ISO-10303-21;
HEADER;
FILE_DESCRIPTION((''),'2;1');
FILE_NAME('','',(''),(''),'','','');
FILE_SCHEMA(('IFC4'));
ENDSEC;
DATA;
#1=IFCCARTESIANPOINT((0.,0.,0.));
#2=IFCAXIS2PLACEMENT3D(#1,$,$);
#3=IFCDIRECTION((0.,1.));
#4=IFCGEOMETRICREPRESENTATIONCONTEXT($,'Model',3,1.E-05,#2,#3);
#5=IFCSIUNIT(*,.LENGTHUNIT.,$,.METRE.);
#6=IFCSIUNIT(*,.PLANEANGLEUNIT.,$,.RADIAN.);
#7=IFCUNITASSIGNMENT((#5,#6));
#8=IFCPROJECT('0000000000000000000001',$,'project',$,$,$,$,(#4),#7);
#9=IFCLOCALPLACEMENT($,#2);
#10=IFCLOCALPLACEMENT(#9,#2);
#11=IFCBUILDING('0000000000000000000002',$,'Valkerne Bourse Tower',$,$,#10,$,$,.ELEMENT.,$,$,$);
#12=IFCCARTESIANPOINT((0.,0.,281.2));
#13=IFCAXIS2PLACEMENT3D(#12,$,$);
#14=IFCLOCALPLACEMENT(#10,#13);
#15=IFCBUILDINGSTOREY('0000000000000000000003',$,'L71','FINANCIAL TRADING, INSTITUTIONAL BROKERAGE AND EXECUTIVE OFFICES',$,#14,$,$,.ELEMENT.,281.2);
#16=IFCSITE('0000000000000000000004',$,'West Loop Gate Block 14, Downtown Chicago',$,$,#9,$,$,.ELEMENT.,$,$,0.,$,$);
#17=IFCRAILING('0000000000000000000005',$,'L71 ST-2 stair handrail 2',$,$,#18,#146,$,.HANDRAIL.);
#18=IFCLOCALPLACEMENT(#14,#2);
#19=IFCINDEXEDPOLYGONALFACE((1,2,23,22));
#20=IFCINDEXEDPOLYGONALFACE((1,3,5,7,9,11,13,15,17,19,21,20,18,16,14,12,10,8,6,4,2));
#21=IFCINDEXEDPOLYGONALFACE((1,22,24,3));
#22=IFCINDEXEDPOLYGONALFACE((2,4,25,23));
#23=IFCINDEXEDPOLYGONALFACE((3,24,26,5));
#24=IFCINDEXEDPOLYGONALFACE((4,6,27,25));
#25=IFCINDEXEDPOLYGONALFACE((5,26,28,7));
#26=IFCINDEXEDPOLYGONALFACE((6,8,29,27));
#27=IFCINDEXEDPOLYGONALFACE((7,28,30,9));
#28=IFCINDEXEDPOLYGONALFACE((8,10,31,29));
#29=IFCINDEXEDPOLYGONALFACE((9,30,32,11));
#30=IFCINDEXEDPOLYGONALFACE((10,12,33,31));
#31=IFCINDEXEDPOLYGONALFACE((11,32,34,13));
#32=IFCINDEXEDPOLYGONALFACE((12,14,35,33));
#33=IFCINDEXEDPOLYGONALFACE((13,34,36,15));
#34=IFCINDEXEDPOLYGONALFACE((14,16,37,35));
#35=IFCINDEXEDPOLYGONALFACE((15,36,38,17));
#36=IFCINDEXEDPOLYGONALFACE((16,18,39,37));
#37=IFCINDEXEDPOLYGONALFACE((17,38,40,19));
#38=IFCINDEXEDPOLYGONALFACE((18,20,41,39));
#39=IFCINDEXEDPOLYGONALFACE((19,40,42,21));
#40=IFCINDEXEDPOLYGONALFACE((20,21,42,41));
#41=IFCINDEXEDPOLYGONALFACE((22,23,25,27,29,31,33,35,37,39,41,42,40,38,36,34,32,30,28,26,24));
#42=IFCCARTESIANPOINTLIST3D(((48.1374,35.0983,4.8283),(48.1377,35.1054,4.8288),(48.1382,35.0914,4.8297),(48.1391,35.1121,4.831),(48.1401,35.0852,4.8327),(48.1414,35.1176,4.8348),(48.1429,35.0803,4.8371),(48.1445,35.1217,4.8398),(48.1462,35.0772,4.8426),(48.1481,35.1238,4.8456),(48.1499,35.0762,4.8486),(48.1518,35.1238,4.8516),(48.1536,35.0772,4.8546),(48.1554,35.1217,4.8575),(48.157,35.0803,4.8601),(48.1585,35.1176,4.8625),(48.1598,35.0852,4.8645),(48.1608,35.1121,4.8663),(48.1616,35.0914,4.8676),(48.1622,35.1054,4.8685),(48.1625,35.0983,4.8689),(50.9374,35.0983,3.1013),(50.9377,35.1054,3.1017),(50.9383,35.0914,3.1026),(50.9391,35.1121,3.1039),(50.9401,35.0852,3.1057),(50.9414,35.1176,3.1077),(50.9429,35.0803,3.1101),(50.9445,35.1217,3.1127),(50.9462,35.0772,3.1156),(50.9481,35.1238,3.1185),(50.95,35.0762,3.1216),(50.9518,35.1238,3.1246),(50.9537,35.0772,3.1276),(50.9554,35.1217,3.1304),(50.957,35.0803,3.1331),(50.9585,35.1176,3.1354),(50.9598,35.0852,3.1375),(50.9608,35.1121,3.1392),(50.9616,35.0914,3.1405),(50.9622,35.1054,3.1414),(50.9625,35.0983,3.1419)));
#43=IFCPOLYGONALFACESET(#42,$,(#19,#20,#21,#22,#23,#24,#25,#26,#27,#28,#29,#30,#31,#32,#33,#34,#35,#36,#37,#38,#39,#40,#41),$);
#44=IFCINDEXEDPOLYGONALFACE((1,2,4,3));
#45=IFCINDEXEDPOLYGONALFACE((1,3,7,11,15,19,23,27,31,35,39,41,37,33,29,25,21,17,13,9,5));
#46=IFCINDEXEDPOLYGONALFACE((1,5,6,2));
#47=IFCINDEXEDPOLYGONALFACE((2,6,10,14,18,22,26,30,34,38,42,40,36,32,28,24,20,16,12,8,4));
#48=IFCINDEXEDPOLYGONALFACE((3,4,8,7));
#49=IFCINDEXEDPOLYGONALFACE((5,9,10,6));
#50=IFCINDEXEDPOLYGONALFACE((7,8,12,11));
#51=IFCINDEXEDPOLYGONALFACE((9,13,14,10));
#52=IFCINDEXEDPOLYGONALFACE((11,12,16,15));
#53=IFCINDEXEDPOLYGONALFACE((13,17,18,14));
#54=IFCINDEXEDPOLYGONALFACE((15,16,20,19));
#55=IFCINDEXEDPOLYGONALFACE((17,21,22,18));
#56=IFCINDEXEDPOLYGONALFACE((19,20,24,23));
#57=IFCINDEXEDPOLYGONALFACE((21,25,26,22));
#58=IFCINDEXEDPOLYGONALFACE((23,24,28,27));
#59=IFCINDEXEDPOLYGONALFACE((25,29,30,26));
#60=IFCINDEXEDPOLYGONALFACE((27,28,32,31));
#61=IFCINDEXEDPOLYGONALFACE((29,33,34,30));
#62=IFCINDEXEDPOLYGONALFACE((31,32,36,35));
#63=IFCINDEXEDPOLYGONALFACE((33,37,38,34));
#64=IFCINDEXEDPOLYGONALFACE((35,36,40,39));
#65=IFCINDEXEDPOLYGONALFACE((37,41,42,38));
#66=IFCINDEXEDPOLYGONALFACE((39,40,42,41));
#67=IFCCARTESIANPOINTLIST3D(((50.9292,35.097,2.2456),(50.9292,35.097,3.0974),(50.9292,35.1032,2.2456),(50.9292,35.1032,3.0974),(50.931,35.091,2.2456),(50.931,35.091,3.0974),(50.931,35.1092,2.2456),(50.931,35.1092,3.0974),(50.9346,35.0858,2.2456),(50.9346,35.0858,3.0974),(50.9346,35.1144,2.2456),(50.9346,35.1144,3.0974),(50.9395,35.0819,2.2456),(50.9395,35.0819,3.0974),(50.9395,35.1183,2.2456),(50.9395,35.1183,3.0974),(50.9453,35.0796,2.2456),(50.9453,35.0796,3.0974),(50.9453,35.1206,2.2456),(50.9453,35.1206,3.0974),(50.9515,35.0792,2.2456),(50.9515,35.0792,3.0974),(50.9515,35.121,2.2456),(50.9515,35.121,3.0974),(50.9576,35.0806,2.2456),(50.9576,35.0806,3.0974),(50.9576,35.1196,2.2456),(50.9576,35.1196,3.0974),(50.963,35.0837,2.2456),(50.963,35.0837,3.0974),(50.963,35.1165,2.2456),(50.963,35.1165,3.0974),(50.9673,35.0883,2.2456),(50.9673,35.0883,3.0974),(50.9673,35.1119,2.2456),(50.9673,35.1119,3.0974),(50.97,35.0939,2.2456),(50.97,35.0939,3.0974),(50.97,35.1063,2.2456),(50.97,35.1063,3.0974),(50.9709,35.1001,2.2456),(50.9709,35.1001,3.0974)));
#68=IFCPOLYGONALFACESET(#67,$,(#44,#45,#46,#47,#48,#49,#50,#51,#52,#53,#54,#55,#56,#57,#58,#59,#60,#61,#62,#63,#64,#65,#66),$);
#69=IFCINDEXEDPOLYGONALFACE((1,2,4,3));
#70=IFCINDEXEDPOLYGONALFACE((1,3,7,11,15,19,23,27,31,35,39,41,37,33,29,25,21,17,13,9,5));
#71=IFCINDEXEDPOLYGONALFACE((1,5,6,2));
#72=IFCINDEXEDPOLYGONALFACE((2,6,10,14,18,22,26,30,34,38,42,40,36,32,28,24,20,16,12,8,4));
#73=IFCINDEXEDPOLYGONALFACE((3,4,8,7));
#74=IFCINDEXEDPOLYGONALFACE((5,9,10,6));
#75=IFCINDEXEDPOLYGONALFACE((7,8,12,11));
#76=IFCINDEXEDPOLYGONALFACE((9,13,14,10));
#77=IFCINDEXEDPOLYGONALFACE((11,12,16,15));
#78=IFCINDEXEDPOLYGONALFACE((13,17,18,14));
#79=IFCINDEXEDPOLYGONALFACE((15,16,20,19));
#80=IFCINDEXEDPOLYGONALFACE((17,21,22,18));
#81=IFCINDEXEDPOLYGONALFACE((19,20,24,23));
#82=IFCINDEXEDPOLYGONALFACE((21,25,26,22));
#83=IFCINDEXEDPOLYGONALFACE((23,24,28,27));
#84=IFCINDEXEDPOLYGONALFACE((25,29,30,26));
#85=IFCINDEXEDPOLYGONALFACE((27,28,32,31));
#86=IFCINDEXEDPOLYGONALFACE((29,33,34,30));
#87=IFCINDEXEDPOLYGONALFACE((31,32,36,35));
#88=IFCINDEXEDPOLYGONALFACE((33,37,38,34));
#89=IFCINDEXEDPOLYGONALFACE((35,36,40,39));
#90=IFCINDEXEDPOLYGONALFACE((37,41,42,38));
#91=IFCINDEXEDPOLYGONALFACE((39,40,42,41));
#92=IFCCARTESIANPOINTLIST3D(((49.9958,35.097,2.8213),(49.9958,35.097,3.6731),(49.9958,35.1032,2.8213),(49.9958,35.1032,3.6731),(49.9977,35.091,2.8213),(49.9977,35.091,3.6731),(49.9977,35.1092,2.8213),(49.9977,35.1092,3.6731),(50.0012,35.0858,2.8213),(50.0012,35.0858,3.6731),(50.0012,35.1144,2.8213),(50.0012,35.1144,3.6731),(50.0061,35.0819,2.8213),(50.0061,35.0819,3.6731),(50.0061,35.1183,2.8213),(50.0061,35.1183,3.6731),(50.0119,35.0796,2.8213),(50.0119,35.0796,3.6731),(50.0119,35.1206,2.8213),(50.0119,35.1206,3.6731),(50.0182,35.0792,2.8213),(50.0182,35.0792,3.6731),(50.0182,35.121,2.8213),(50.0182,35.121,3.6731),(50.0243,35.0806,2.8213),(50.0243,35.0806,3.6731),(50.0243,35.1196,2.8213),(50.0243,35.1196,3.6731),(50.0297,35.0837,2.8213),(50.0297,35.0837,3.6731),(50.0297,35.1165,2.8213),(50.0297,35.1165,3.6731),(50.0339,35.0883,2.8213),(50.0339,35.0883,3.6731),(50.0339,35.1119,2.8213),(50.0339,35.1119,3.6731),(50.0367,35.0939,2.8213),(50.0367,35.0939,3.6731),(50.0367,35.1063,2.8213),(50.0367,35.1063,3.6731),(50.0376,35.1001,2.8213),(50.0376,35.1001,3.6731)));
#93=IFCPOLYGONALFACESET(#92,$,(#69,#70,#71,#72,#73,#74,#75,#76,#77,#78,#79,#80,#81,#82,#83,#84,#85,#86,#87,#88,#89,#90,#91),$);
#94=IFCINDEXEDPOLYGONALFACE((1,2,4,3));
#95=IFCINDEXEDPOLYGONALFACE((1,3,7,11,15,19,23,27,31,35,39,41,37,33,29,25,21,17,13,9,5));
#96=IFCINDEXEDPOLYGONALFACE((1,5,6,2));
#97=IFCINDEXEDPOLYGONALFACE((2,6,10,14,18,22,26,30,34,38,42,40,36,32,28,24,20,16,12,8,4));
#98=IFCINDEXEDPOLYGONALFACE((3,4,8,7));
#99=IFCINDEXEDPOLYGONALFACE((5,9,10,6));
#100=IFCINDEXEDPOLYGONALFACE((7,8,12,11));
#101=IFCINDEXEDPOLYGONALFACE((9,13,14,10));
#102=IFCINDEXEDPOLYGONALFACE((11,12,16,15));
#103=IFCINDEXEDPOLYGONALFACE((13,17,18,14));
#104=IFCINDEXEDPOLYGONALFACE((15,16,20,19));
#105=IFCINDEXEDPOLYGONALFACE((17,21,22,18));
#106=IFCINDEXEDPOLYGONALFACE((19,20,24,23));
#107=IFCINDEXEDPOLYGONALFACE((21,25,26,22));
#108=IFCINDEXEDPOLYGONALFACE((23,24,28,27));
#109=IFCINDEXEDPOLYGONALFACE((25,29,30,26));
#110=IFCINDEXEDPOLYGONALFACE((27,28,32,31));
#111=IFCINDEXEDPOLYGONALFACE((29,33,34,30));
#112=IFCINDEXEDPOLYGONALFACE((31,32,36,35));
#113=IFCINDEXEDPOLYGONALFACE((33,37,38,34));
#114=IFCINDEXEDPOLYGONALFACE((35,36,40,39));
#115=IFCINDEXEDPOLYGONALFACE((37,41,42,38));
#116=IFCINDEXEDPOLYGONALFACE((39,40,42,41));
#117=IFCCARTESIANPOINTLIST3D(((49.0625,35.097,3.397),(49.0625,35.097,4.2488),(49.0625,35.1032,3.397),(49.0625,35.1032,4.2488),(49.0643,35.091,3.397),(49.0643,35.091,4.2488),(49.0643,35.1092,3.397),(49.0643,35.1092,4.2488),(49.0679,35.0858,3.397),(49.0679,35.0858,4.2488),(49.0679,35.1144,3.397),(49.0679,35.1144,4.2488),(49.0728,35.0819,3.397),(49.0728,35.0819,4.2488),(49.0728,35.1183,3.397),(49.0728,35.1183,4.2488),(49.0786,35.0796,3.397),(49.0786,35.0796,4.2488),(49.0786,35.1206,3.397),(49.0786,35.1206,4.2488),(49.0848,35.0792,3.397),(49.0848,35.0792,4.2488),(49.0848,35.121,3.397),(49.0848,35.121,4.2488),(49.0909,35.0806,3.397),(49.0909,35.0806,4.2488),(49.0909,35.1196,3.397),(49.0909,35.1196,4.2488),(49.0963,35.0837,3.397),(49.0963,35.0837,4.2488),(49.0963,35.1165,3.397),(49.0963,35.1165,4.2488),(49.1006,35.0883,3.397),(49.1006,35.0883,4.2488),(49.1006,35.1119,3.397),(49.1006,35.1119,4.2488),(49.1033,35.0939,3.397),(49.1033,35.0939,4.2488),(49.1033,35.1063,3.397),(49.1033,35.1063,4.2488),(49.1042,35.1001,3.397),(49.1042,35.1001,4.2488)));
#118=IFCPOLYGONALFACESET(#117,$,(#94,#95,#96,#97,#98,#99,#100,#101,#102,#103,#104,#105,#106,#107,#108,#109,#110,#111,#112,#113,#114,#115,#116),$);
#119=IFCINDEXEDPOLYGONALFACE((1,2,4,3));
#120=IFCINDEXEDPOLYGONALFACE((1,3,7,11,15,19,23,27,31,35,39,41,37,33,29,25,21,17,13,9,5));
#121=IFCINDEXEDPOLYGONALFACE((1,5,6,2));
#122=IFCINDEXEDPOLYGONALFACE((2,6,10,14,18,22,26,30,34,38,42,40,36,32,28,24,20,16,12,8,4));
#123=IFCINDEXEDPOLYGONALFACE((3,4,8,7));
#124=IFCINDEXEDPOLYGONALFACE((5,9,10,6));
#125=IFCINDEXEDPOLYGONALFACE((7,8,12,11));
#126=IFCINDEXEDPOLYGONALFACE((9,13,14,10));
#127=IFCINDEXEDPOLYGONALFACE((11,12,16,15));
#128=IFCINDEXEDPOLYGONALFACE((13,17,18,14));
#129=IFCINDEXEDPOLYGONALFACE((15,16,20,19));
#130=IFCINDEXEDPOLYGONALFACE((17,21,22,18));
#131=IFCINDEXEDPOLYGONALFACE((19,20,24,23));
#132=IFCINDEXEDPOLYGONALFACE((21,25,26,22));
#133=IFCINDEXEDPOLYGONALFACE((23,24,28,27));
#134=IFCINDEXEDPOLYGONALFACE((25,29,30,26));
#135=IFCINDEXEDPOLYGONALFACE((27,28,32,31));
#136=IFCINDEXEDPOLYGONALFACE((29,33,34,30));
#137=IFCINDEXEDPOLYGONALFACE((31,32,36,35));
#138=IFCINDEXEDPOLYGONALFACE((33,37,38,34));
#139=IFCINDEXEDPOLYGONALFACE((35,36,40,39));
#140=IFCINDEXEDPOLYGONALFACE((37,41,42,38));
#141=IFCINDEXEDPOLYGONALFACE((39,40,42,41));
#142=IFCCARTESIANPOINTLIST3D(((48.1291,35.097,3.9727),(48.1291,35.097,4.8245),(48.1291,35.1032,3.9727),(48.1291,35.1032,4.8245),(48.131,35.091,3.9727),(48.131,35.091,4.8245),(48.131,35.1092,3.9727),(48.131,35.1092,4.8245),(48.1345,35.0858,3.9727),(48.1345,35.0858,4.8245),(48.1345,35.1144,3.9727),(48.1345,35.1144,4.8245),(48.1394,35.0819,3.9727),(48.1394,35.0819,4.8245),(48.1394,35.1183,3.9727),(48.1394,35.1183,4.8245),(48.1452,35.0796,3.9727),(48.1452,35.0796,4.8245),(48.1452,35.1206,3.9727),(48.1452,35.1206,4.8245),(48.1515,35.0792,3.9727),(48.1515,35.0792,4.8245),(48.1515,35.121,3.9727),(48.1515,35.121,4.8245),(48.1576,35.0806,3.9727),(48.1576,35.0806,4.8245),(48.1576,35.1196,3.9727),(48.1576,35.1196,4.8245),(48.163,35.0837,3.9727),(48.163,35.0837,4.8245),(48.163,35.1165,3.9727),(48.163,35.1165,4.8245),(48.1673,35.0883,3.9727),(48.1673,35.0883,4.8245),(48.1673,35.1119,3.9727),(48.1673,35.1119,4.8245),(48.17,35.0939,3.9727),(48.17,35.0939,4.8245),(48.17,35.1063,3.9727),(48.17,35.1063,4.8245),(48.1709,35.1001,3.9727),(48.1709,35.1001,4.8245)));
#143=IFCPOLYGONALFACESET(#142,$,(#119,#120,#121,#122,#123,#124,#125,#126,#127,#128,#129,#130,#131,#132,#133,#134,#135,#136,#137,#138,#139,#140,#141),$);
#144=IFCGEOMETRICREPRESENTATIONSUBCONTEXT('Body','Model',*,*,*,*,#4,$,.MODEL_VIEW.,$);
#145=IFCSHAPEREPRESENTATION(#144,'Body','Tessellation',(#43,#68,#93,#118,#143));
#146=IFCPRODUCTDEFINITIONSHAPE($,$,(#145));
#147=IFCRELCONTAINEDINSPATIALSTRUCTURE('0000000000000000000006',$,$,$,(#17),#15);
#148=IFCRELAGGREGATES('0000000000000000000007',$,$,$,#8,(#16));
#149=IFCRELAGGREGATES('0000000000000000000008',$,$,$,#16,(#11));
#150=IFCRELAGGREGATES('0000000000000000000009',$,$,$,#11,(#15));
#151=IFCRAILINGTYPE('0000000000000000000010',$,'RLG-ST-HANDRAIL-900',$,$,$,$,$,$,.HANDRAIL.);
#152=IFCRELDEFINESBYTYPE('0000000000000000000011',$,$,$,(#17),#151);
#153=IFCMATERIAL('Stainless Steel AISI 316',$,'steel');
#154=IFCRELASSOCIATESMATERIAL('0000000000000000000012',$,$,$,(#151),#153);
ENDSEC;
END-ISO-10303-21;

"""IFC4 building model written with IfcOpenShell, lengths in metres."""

from ifc_helpers import new_model, si_unit, direction, frame, origin, origin_2d, place, context, subcontext, project, spatial, circle, extrude, material, type_object, element, save


model = new_model("IFC4")

# Units and contexts
model_context = context("Model", 3, precision=1e-05, world=origin(), true_north=direction((0.0, 1.0)))
body_context = subcontext(model_context, "Body", "Model", "MODEL_VIEW")
ifc_project = project(units=[si_unit("LENGTHUNIT", "METRE"), si_unit("PLANEANGLEUNIT", "RADIAN")], contexts=[model_context])

# Site, building, storey
site_placement = place(None, origin())
site = spatial("IfcSite", under=ifc_project, at=site_placement, Name="West Loop Gate Block 14, Downtown Chicago", CompositionType="ELEMENT", RefElevation=0.0)
building_placement = place(site_placement, origin())
building = spatial("IfcBuilding", under=site, at=building_placement, Name="Valkerne Bourse Tower", CompositionType="ELEMENT")
storey_placement = place(building_placement, frame((0.0, 0.0, 281.2)))
storey = spatial("IfcBuildingStorey", under=building, at=storey_placement, Name="L71", Description="FINANCIAL TRADING, INSTITUTIONAL BROKERAGE AND EXECUTIVE OFFICES", CompositionType="ELEMENT", Elevation=281.2)

# Railing
ifc_material_1 = material(Name="Stainless Steel AISI 316", Category="steel")
railing_type_1 = type_object("IfcRailingType", Name="RLG-ST-HANDRAIL-900", PredefinedType="HANDRAIL", material=ifc_material_1)
railing_1_placement = place(storey_placement, frame((50.95, 35.1001, 2.2456)))
element("IfcRailing", 1, at=railing_1_placement, inside=storey, type_object=railing_type_1, Name="L71 ST-2 stair handrail 2", PredefinedType="HANDRAIL", context=body_context, shape_type="SweptSolid", body=[
    extrude(circle(Radius=0.0239, at=origin_2d()), frame((0.0, 0.0, 0.876), z_axis=(-0.851123, 0.0, 0.524967), x_axis=(0.0, -1.0, 0.0)), (0.0, 0.0, 1.0), 3.2898),
    extrude(circle(Radius=0.021, at=origin_2d()), origin(), (0.0, 0.0, 1.0), 0.8518),
    extrude(circle(Radius=0.021, at=origin_2d()), frame((-0.9333, 0.0, 0.5757)), (0.0, 0.0, 1.0), 0.8518),
    extrude(circle(Radius=0.021, at=origin_2d()), frame((-1.8667, 0.0, 1.1514)), (0.0, 0.0, 1.0), 0.8518),
    extrude(circle(Radius=0.021, at=origin_2d()), frame((-2.8, 0.0, 1.7271)), (0.0, 0.0, 1.0), 0.8518),
])

save(model, "model.ifc")
